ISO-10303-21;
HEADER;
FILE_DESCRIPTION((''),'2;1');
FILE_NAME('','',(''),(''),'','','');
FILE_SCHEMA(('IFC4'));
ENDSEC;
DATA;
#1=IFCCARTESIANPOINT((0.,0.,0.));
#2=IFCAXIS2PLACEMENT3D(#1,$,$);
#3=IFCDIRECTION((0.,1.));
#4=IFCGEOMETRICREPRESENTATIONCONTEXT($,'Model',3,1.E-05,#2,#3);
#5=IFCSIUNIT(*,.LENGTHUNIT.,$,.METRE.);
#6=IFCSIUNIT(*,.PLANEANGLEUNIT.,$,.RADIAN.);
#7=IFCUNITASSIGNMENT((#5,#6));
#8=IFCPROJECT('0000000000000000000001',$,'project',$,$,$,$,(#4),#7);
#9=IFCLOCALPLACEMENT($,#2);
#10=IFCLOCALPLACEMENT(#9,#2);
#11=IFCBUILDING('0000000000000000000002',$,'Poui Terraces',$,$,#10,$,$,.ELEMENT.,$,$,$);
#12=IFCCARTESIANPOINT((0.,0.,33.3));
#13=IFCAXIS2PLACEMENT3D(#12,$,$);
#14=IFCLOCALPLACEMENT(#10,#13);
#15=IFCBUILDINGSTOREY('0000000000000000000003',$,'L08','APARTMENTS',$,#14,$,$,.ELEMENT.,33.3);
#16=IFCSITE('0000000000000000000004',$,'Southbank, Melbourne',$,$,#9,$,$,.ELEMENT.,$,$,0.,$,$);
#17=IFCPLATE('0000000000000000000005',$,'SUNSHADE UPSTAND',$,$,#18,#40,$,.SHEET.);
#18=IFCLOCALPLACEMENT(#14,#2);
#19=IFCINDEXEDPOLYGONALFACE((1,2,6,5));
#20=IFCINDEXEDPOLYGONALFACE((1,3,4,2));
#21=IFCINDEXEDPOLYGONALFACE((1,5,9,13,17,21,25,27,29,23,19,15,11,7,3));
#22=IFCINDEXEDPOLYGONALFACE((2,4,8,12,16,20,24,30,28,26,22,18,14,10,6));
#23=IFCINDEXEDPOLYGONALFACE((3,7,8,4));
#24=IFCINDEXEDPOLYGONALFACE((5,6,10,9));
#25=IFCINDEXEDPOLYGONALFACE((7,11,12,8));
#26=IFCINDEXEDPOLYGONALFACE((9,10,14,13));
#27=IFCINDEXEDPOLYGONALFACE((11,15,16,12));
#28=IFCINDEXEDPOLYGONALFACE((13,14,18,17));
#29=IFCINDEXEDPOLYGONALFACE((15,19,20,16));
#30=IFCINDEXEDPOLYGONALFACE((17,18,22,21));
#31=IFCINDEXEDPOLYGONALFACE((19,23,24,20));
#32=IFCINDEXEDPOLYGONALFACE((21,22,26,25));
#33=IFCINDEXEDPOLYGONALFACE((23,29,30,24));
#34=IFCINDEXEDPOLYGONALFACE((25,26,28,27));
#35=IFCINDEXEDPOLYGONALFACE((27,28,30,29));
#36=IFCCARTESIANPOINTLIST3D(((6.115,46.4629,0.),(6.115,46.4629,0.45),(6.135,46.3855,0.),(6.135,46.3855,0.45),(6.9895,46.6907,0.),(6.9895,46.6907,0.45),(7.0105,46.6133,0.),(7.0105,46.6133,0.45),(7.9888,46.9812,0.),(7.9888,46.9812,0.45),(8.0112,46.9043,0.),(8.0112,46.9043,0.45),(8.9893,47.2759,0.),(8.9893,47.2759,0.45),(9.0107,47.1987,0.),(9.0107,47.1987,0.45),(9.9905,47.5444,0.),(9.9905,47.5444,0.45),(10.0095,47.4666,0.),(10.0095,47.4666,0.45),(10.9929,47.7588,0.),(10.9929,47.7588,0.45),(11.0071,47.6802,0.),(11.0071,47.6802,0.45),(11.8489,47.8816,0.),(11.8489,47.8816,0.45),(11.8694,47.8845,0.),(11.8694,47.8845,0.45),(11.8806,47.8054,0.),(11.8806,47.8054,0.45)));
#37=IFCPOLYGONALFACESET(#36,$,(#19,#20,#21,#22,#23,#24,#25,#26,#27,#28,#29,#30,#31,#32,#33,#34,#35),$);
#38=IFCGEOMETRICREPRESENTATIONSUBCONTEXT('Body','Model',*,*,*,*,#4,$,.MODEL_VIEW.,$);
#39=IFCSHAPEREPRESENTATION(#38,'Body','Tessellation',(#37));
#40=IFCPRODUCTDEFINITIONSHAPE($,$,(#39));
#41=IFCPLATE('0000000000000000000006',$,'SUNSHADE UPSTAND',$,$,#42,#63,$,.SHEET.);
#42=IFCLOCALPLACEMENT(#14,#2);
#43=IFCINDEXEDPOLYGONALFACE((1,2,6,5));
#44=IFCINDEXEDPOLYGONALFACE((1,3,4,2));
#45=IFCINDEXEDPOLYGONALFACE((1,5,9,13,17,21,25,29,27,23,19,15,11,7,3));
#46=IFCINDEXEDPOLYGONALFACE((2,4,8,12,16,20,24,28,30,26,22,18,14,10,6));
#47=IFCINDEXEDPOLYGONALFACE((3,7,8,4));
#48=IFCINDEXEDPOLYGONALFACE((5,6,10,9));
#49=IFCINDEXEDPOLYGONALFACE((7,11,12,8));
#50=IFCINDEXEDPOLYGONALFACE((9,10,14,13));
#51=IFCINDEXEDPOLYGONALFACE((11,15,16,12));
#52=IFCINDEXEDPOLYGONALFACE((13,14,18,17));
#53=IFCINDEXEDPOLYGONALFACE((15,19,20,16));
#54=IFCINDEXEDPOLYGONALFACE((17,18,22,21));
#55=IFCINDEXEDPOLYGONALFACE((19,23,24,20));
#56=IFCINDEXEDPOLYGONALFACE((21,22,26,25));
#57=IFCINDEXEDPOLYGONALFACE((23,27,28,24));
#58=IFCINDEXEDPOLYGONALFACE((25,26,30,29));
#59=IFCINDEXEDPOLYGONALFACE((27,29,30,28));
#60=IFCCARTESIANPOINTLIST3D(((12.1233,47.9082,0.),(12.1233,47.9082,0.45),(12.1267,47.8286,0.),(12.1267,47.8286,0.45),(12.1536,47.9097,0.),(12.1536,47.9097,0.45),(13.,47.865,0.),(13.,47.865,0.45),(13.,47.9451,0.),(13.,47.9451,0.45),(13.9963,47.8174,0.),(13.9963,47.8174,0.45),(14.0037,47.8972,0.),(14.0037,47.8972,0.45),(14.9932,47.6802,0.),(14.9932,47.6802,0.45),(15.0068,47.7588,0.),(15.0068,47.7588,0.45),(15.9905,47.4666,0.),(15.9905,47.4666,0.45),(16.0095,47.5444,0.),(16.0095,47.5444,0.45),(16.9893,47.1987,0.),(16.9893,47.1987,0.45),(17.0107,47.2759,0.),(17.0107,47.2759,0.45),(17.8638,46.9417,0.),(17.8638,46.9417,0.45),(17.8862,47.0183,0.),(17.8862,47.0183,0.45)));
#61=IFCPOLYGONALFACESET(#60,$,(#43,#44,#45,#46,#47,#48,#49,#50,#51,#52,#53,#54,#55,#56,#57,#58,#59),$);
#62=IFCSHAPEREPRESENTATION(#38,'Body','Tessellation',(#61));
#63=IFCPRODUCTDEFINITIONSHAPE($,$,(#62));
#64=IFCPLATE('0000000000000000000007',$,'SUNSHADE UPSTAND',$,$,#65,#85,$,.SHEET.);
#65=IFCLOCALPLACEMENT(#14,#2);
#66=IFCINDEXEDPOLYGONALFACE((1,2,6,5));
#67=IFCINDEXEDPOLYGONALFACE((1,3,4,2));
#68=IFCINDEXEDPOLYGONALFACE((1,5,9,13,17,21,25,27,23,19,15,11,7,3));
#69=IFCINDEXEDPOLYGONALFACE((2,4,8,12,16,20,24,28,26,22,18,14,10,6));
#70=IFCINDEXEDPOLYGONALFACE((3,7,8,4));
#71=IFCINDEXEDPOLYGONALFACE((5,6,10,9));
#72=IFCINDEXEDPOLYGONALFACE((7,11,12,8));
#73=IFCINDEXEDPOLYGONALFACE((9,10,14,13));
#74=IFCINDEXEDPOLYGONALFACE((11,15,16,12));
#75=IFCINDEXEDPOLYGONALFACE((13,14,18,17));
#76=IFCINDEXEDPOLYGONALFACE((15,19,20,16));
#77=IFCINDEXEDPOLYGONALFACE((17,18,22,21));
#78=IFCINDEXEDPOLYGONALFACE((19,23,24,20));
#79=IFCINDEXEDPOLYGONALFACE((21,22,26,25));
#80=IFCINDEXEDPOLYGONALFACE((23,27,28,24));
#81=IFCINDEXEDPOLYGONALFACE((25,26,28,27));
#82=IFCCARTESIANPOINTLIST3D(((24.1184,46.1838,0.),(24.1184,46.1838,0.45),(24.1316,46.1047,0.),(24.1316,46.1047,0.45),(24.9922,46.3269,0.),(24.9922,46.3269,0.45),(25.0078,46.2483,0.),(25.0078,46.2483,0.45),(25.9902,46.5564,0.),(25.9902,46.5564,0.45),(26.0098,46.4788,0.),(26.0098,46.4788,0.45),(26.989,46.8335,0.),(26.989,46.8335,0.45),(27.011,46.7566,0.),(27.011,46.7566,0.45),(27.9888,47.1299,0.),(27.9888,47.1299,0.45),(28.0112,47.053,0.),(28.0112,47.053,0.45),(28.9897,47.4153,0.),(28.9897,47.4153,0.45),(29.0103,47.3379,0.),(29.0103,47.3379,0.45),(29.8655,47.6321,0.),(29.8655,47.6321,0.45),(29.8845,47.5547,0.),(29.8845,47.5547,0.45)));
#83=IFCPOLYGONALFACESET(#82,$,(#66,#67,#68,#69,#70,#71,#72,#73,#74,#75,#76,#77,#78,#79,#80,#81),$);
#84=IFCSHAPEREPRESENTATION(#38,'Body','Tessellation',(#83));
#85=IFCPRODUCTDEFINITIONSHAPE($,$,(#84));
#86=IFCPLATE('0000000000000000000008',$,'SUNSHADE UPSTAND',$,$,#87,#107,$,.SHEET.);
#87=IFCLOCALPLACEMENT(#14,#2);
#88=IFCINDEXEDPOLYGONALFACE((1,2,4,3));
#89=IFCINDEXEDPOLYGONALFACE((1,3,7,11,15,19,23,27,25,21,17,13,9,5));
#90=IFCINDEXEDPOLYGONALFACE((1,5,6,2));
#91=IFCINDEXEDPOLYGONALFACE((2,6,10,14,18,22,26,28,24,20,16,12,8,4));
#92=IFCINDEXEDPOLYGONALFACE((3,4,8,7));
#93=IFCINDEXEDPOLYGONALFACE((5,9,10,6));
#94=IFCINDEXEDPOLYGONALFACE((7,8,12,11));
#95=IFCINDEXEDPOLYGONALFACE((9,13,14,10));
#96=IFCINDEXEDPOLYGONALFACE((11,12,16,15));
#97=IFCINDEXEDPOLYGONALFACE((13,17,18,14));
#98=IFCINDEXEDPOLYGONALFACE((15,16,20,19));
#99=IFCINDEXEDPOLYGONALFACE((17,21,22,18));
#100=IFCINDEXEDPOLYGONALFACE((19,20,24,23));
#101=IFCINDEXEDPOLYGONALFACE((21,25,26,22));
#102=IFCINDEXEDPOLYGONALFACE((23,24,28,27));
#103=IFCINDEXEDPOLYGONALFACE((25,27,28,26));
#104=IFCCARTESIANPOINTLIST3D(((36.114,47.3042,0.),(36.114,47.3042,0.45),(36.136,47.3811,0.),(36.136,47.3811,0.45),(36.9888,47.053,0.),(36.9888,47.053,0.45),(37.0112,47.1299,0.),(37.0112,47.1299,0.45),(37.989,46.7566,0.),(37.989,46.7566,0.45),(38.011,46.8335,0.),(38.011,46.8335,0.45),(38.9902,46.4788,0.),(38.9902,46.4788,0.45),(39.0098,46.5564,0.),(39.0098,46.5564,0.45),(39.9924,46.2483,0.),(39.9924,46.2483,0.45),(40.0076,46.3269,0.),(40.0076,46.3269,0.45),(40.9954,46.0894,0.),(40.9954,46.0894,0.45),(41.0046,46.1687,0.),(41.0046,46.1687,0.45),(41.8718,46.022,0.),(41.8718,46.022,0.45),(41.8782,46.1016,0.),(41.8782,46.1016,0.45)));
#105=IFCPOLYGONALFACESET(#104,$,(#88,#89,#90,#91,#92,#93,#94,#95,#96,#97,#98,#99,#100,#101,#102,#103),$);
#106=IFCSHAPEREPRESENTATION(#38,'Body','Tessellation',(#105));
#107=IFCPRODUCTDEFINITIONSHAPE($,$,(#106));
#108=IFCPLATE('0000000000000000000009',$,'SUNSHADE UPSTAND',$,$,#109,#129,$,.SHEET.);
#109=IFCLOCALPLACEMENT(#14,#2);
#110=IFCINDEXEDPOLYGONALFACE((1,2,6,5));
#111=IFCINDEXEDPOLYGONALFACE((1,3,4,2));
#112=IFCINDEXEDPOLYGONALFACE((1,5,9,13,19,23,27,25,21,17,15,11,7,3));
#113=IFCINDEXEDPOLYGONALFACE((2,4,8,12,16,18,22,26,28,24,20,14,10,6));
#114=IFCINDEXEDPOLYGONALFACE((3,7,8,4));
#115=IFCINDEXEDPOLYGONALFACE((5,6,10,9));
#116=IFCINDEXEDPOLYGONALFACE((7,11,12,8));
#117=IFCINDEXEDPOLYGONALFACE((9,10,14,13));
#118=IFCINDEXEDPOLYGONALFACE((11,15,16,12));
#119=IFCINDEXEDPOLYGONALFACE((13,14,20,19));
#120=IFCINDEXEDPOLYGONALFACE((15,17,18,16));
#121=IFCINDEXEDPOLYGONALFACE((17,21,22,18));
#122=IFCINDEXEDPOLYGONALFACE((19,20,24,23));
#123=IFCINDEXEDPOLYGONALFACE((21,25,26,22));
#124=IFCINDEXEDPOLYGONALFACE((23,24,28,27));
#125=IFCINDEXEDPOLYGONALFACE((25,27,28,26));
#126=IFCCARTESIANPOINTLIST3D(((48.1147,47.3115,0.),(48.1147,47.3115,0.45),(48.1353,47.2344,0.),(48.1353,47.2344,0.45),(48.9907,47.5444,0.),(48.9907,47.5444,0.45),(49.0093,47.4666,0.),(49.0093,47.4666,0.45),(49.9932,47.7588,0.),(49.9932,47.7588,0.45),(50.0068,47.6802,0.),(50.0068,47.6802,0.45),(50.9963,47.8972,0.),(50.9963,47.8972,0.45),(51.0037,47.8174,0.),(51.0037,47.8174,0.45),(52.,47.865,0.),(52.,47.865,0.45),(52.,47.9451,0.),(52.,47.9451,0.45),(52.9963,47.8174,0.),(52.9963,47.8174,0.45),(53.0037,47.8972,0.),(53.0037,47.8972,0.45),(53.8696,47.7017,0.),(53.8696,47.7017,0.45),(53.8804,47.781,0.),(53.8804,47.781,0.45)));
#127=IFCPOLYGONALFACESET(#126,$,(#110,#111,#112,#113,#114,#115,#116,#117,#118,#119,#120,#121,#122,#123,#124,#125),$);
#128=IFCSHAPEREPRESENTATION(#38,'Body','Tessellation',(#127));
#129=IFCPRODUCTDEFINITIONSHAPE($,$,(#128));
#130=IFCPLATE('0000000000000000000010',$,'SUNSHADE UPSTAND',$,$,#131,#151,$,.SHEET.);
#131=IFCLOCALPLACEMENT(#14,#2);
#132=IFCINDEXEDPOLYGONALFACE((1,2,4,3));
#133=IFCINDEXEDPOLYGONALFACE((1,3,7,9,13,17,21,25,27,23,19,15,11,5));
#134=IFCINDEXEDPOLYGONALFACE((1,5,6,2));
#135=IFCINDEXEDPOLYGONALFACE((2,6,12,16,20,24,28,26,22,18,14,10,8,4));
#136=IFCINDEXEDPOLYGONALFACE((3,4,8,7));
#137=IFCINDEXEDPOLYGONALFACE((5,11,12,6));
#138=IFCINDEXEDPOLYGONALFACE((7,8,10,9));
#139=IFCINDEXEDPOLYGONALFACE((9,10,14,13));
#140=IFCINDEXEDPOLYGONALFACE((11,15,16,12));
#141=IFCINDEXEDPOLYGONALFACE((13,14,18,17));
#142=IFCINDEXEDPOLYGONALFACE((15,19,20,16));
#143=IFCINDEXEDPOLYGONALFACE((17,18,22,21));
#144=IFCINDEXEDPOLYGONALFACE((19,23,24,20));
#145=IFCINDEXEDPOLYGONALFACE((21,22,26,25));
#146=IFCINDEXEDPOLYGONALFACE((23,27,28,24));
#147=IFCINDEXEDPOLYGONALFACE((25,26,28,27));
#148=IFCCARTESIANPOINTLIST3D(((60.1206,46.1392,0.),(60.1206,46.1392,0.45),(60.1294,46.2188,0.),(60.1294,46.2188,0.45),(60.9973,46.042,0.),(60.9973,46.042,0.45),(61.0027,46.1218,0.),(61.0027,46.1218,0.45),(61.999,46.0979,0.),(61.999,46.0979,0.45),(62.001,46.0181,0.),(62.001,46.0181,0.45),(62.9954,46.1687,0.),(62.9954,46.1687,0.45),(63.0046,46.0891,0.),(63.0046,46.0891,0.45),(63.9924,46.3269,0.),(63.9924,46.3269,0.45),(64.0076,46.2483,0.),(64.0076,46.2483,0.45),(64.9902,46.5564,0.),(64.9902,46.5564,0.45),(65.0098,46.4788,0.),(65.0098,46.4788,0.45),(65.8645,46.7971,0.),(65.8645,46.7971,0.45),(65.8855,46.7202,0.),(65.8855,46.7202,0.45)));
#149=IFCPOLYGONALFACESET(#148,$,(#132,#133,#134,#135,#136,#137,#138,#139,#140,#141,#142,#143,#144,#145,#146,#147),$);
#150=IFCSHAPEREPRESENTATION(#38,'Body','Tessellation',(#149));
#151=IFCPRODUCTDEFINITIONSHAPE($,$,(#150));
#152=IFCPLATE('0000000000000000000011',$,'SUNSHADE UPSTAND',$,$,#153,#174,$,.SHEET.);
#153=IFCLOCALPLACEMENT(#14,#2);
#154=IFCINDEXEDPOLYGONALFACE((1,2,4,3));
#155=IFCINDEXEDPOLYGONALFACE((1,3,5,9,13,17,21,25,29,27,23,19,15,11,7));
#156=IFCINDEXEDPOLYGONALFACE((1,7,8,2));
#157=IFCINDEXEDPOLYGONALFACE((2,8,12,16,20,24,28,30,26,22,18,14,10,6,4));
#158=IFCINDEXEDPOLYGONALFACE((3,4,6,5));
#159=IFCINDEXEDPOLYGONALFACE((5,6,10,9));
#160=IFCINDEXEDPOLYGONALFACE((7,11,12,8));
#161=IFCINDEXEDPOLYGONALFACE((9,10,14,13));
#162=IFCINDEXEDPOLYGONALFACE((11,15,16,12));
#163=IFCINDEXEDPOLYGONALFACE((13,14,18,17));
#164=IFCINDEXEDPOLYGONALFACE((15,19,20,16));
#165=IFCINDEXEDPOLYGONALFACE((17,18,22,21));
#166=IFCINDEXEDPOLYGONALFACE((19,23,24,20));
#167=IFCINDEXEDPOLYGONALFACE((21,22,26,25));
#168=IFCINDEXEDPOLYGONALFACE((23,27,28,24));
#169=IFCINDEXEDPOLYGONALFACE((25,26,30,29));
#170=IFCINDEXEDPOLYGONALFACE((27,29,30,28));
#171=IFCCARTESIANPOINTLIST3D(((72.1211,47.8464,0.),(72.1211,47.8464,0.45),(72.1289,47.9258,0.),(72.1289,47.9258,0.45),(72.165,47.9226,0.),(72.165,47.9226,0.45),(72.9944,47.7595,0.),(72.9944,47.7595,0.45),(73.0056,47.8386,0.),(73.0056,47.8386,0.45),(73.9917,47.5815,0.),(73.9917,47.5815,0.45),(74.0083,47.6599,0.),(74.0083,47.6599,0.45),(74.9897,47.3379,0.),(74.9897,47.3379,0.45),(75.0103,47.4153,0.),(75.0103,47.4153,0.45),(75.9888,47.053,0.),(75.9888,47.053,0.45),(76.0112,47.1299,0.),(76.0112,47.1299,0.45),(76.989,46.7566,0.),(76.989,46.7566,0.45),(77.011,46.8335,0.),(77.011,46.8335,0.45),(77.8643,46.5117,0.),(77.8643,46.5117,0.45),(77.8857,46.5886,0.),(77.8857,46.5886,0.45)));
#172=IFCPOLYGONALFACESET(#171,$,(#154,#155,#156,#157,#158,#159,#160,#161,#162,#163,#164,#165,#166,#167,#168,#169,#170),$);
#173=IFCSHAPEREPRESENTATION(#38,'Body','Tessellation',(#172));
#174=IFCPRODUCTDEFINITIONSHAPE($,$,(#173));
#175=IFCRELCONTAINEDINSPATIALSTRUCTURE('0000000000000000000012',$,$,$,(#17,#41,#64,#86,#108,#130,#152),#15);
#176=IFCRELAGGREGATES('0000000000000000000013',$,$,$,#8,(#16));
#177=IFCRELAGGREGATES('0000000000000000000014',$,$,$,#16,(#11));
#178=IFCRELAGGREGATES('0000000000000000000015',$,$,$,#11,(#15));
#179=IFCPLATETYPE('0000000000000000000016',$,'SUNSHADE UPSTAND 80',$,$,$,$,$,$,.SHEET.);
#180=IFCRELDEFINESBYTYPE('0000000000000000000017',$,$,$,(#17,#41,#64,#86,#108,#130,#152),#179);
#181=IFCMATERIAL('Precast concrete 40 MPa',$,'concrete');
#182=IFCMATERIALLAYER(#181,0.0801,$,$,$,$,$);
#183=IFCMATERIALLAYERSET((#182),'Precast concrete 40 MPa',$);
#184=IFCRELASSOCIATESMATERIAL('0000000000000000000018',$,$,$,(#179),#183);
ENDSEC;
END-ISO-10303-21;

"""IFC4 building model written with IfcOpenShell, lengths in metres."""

from ifc_helpers import new_model, si_unit, direction, frame, origin, place, context, subcontext, project, spatial, polyline, outline, extrude, material, layer, layer_set, type_object, element, save


model = new_model("IFC4")

# Units and contexts
model_context = context("Model", 3, precision=1e-05, world=origin(), true_north=direction((0.0, 1.0)))
body_context = subcontext(model_context, "Body", "Model", "MODEL_VIEW")
ifc_project = project(units=[si_unit("LENGTHUNIT", "METRE"), si_unit("PLANEANGLEUNIT", "RADIAN")], contexts=[model_context])

# Site, building, storey
site_placement = place(None, origin())
site = spatial("IfcSite", under=ifc_project, at=site_placement, Name="Southbank, Melbourne", CompositionType="ELEMENT", RefElevation=0.0)
building_placement = place(site_placement, origin())
building = spatial("IfcBuilding", under=site, at=building_placement, Name="Poui Terraces", CompositionType="ELEMENT")
storey_placement = place(building_placement, frame((0.0, 0.0, 33.3)))
storey = spatial("IfcBuildingStorey", under=building, at=storey_placement, Name="L08", Description="APARTMENTS", CompositionType="ELEMENT", Elevation=33.3)

# Shared definitions
ifc_material_1 = material(Name="Precast concrete 40 MPa", Category="concrete")

# Plates
ifc_layer_1 = layer(ifc_material_1, 0.0801)
ifc_layer_set_1 = layer_set([ifc_layer_1], Name="Precast concrete 40 MPa")
plate_type = type_object("IfcPlateType", Name="SUNSHADE UPSTAND 80", PredefinedType="SHEET", material=ifc_layer_set_1)
plate_1_placement = place(storey_placement, origin())
element("IfcPlate", 1, at=plate_1_placement, inside=storey, type_object=plate_type, Name="SUNSHADE UPSTAND", PredefinedType="SHEET", context=body_context, shape_type="SweptSolid", body=[
    extrude(outline(polyline([(6.9895, 46.6907), (6.115, 46.4629), (6.135, 46.3855), (7.0105, 46.6133), (8.0112, 46.9043), (9.0107, 47.1987), (10.0095, 47.4666), (11.0071, 47.6802), (11.8806, 47.8054), (11.8694, 47.8845), (11.8489, 47.8816), (10.9929, 47.7588), (9.9905, 47.5444), (8.9893, 47.2759), (7.9888, 46.9812), (6.9895, 46.6907)])), origin(), (0.0, 0.0, 1.0), 0.45),
])
plate_2_placement = place(storey_placement, origin())
element("IfcPlate", 2, at=plate_2_placement, inside=storey, type_object=plate_type, Name="SUNSHADE UPSTAND", PredefinedType="SHEET", context=body_context, shape_type="SweptSolid", body=[
    extrude(outline(polyline([(13.0, 47.9451), (12.1536, 47.9097), (12.1233, 47.9082), (12.1267, 47.8286), (13.0, 47.865), (13.9963, 47.8174), (14.9932, 47.6802), (15.9905, 47.4666), (16.9893, 47.1987), (17.8638, 46.9417), (17.8862, 47.0183), (17.0107, 47.2759), (16.0095, 47.5444), (15.0068, 47.7588), (14.0037, 47.8972), (13.0, 47.9451)])), origin(), (0.0, 0.0, 1.0), 0.45),
])
plate_3_placement = place(storey_placement, origin())
element("IfcPlate", 3, at=plate_3_placement, inside=storey, type_object=plate_type, Name="SUNSHADE UPSTAND", PredefinedType="SHEET", context=body_context, shape_type="SweptSolid", body=[
    extrude(outline(polyline([(24.9922, 46.3269), (24.1184, 46.1838), (24.1316, 46.1047), (25.0078, 46.2483), (26.0098, 46.4788), (27.011, 46.7566), (28.0112, 47.053), (29.0103, 47.3379), (29.8845, 47.5547), (29.8655, 47.6321), (28.9897, 47.4153), (27.9888, 47.1299), (26.989, 46.8335), (25.9902, 46.5564), (24.9922, 46.3269)])), origin(), (0.0, 0.0, 1.0), 0.45),
])
plate_4_placement = place(storey_placement, origin())
element("IfcPlate", 4, at=plate_4_placement, inside=storey, type_object=plate_type, Name="SUNSHADE UPSTAND", PredefinedType="SHEET", context=body_context, shape_type="SweptSolid", body=[
    extrude(outline(polyline([(37.0112, 47.1299), (36.136, 47.3811), (36.114, 47.3042), (36.9888, 47.053), (37.989, 46.7566), (38.9902, 46.4788), (39.9924, 46.2483), (40.9954, 46.0894), (41.8718, 46.022), (41.8782, 46.1016), (41.0046, 46.1687), (40.0076, 46.3269), (39.0098, 46.5564), (38.011, 46.8335), (37.0112, 47.1299)])), origin(), (0.0, 0.0, 1.0), 0.45),
])
plate_5_placement = place(storey_placement, origin())
element("IfcPlate", 5, at=plate_5_placement, inside=storey, type_object=plate_type, Name="SUNSHADE UPSTAND", PredefinedType="SHEET", context=body_context, shape_type="SweptSolid", body=[
    extrude(outline(polyline([(48.9907, 47.5444), (48.1147, 47.3115), (48.1353, 47.2344), (49.0093, 47.4666), (50.0068, 47.6802), (51.0037, 47.8174), (52.0, 47.865), (52.9963, 47.8174), (53.8696, 47.7017), (53.8804, 47.781), (53.0037, 47.8972), (52.0, 47.9451), (50.9963, 47.8972), (49.9932, 47.7588), (48.9907, 47.5444)])), origin(), (0.0, 0.0, 1.0), 0.45),
])
plate_6_placement = place(storey_placement, origin())
element("IfcPlate", 6, at=plate_6_placement, inside=storey, type_object=plate_type, Name="SUNSHADE UPSTAND", PredefinedType="SHEET", context=body_context, shape_type="SweptSolid", body=[
    extrude(outline(polyline([(61.0027, 46.1218), (60.1294, 46.2188), (60.1206, 46.1392), (60.9973, 46.042), (62.001, 46.0181), (63.0046, 46.0891), (64.0076, 46.2483), (65.0098, 46.4788), (65.8855, 46.7202), (65.8645, 46.7971), (64.9902, 46.5564), (63.9924, 46.3269), (62.9954, 46.1687), (61.999, 46.0979), (61.0027, 46.1218)])), origin(), (0.0, 0.0, 1.0), 0.45),
])
plate_7_placement = place(storey_placement, origin())
element("IfcPlate", 7, at=plate_7_placement, inside=storey, type_object=plate_type, Name="SUNSHADE UPSTAND", PredefinedType="SHEET", context=body_context, shape_type="SweptSolid", body=[
    extrude(outline(polyline([(73.0056, 47.8386), (72.165, 47.9226), (72.1289, 47.9258), (72.1211, 47.8464), (72.9944, 47.7595), (73.9917, 47.5815), (74.9897, 47.3379), (75.9888, 47.053), (76.989, 46.7566), (77.8643, 46.5117), (77.8857, 46.5886), (77.011, 46.8335), (76.0112, 47.1299), (75.0103, 47.4153), (74.0083, 47.6599), (73.0056, 47.8386)])), origin(), (0.0, 0.0, 1.0), 0.45),
])

save(model, "model.ifc")
